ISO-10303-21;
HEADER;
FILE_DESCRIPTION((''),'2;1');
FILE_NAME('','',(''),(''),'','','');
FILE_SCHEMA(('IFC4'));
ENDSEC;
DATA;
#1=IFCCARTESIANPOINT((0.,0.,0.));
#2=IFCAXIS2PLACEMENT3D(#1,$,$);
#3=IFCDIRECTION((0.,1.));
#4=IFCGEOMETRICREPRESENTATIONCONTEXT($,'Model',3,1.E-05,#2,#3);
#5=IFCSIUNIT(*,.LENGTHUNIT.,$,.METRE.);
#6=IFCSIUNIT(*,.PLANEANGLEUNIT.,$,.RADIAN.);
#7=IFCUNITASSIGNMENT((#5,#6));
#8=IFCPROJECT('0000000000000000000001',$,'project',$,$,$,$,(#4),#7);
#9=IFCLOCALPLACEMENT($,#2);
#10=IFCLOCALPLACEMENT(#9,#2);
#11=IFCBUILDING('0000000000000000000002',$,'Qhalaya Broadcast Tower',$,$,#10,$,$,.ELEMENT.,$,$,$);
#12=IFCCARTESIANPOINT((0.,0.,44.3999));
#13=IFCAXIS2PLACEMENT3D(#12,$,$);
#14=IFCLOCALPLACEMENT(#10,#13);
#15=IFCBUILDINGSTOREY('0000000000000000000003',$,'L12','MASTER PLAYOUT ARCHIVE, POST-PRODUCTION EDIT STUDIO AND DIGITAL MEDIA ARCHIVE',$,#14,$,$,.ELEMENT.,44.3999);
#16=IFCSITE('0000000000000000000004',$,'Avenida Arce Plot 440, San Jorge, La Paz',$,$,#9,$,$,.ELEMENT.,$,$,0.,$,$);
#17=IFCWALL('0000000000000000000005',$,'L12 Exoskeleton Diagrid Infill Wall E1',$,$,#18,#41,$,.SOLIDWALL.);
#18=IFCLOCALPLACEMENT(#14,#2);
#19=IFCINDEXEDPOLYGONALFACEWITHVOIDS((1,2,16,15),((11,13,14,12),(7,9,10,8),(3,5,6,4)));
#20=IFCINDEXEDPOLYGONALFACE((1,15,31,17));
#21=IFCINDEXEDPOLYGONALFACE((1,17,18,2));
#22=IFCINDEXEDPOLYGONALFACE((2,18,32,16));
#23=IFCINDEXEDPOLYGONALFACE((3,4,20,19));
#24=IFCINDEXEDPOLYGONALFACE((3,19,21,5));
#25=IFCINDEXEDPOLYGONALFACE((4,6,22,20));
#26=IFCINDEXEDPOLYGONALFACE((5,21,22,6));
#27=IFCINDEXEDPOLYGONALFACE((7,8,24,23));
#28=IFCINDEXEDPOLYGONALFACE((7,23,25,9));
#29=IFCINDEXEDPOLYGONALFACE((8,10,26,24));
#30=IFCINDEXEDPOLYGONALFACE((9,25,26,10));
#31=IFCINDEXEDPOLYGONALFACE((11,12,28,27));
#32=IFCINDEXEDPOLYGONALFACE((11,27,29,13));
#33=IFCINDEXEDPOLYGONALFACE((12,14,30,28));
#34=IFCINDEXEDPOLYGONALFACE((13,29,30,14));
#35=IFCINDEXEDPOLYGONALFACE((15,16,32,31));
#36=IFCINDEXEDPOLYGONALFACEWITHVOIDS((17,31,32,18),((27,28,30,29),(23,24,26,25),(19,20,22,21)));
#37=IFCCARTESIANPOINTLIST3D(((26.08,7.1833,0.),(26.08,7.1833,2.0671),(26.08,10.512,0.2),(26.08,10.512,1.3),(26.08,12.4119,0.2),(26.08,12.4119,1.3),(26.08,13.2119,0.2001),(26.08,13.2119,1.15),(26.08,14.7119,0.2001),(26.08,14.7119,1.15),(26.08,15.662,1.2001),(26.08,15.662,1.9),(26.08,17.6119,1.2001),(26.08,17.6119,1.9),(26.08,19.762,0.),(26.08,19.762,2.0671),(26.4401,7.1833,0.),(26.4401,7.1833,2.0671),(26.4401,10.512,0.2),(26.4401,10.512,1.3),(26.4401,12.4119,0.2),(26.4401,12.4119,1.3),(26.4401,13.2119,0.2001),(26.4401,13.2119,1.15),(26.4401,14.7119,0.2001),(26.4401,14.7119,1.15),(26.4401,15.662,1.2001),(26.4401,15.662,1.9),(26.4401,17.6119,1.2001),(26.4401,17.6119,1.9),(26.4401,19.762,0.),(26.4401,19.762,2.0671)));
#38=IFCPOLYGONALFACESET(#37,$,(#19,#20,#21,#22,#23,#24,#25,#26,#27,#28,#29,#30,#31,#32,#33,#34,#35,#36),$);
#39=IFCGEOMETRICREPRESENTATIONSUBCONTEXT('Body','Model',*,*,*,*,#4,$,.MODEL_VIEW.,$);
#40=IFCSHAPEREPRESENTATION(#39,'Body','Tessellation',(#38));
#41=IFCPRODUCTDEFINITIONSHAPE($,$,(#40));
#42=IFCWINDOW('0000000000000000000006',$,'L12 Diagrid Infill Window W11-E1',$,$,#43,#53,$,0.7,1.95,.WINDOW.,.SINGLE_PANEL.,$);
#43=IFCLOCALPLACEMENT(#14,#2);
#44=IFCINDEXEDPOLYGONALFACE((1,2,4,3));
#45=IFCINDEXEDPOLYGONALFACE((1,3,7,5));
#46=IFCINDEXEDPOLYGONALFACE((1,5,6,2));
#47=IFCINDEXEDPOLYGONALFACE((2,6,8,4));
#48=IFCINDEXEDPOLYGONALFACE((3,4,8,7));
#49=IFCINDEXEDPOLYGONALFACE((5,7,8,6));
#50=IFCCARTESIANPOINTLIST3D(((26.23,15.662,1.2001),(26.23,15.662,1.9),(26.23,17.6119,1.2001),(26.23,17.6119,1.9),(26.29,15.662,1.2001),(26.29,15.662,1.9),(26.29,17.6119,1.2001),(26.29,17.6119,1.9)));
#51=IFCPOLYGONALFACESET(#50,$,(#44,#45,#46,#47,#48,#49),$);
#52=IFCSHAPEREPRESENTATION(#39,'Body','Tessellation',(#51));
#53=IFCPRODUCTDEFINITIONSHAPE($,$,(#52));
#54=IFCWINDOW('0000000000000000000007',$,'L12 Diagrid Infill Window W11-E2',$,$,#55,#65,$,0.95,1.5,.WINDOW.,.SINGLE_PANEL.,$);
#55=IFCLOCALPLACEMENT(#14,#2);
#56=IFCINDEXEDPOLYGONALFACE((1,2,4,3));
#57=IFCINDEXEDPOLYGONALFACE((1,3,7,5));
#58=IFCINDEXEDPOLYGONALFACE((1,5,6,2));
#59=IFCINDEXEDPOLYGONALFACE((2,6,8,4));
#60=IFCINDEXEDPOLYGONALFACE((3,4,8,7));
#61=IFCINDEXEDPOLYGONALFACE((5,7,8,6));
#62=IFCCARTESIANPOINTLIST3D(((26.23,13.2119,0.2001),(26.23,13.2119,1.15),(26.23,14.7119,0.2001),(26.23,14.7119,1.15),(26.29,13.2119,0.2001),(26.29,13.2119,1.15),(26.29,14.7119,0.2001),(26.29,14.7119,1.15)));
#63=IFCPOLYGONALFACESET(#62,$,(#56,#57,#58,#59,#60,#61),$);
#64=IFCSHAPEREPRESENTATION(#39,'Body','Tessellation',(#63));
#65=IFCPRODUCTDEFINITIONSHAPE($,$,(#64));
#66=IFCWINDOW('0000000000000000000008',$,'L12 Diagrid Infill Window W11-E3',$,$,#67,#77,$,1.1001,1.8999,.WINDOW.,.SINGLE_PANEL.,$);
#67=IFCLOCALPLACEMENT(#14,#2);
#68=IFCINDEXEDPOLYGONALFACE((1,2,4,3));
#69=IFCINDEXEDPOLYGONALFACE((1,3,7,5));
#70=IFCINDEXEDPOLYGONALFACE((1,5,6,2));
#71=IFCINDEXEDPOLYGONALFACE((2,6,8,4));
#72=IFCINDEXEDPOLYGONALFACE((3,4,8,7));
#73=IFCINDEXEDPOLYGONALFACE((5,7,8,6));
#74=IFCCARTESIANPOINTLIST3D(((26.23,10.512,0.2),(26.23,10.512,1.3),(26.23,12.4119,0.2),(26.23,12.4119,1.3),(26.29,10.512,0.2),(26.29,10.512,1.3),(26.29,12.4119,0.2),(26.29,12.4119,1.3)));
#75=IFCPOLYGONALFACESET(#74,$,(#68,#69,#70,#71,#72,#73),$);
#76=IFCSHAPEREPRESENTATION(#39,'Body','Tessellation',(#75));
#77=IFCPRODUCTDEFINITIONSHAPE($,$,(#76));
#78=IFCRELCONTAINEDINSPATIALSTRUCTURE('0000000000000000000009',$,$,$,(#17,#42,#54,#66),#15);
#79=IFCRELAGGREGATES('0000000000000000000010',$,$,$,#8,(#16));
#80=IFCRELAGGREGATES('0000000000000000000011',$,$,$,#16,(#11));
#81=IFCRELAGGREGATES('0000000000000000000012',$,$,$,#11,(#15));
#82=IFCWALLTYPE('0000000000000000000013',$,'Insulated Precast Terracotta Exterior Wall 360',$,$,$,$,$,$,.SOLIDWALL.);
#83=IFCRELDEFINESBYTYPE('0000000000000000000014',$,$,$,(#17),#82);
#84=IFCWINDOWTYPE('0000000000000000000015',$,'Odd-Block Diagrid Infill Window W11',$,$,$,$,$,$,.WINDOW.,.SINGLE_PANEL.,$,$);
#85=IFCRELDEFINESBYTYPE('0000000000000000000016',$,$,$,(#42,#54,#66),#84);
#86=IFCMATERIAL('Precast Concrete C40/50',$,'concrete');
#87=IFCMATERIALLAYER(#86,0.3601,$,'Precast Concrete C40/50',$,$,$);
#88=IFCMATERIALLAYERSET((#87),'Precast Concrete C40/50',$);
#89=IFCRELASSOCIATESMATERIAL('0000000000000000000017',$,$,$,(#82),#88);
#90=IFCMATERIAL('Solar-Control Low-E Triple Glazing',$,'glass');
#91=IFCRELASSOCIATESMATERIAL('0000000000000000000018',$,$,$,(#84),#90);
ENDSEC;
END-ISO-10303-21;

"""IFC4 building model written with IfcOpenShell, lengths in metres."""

from ifc_helpers import new_model, si_unit, direction, frame, frame_2d, origin, place, context, subcontext, project, spatial, rectangle, extrude, material, layer, layer_set, type_object, element, fill, save


model = new_model("IFC4")

# Units and contexts
model_context = context("Model", 3, precision=1e-05, world=origin(), true_north=direction((0.0, 1.0)))
body_context = subcontext(model_context, "Body", "Model", "MODEL_VIEW")
ifc_project = project(units=[si_unit("LENGTHUNIT", "METRE"), si_unit("PLANEANGLEUNIT", "RADIAN")], contexts=[model_context])

# Site, building, storey
site_placement = place(None, origin())
site = spatial("IfcSite", under=ifc_project, at=site_placement, Name="Avenida Arce Plot 440, San Jorge, La Paz", CompositionType="ELEMENT", RefElevation=0.0)
building_placement = place(site_placement, origin())
building = spatial("IfcBuilding", under=site, at=building_placement, Name="Qhalaya Broadcast Tower", CompositionType="ELEMENT")
storey_placement = place(building_placement, frame((0.0, 0.0, 44.3999)))
storey = spatial("IfcBuildingStorey", under=building, at=storey_placement, Name="L12", Description="MASTER PLAYOUT ARCHIVE, POST-PRODUCTION EDIT STUDIO AND DIGITAL MEDIA ARCHIVE", CompositionType="ELEMENT", Elevation=44.3999)

# Wall, openings, windows
ifc_material_1 = material(Name="Precast Concrete C40/50", Category="concrete")
ifc_layer_1 = layer(ifc_material_1, 0.3601, Name="Precast Concrete C40/50")
ifc_layer_set_1 = layer_set([ifc_layer_1], Name="Precast Concrete C40/50")
wall_type = type_object("IfcWallType", Name="Insulated Precast Terracotta Exterior Wall 360", PredefinedType="SOLIDWALL", material=ifc_layer_set_1)
wall_placement = place(storey_placement, frame((26.26, 19.762, 0.0), z_axis=(0.0, 0.0, 1.0), x_axis=(0.0, -1.0, 0.0)))
wall = element("IfcWall", 1, at=wall_placement, inside=storey, type_object=wall_type, Name="L12 Exoskeleton Diagrid Infill Wall E1", PredefinedType="SOLIDWALL", context=body_context, shape_type="SweptSolid", body=[
    extrude(rectangle(XDim=12.5786, YDim=0.3601, at=frame_2d((6.2893, 0.0))), origin(), (0.0, 0.0, 1.0), 2.0671),
])
opening_1_placement = place(wall_placement, frame((2.1499, 0.0, 1.2)))
opening_1 = element("IfcOpeningElement", 2, at=opening_1_placement, cuts=wall, PredefinedType="OPENING", context=body_context, shape_type="SweptSolid", body=[
    extrude(rectangle(XDim=1.95, YDim=0.7, at=frame_2d((0.9751, 0.3501))), frame((0.0, 0.1921, 0.0), z_axis=(0.0, -1.0, 0.0), x_axis=(1.0, 0.0, 0.0)), (0.0, 0.0, 1.0), 0.384),
])
opening_2_placement = place(wall_placement, frame((5.05, 0.0, 0.2)))
opening_2 = element("IfcOpeningElement", 3, at=opening_2_placement, cuts=wall, PredefinedType="OPENING", context=body_context, shape_type="SweptSolid", body=[
    extrude(rectangle(XDim=1.5, YDim=0.95, at=frame_2d((0.75, 0.4751))), frame((0.0, 0.1921, 0.0), z_axis=(0.0, -1.0, 0.0), x_axis=(1.0, 0.0, 0.0)), (0.0, 0.0, 1.0), 0.384),
])
opening_3_placement = place(wall_placement, frame((7.3501, 0.0, 0.2)))
opening_3 = element("IfcOpeningElement", 4, at=opening_3_placement, cuts=wall, PredefinedType="OPENING", context=body_context, shape_type="SweptSolid", body=[
    extrude(rectangle(XDim=1.8999, YDim=1.1001, at=frame_2d((0.95, 0.55))), frame((0.0, 0.1921, 0.0), z_axis=(0.0, -1.0, 0.0), x_axis=(1.0, 0.0, 0.0)), (0.0, 0.0, 1.0), 0.384),
])
ifc_material_2 = material(Name="Solar-Control Low-E Triple Glazing", Category="glass")
window_type = type_object("IfcWindowType", Name="Odd-Block Diagrid Infill Window W11", PartitioningType="SINGLE_PANEL", PredefinedType="WINDOW", material=ifc_material_2)
window_1_placement = place(opening_1_placement, origin())
window_1 = element("IfcWindow", 5, at=window_1_placement, inside=storey, type_object=window_type, Name="L12 Diagrid Infill Window W11-E1", OverallHeight=0.7, OverallWidth=1.95, PartitioningType="SINGLE_PANEL", PredefinedType="WINDOW", context=body_context, shape_type="SweptSolid", body=[
    extrude(rectangle(XDim=1.95, YDim=0.7, at=frame_2d((0.9751, 0.3501))), frame((0.0, 0.03, 0.0), z_axis=(0.0, -1.0, 0.0), x_axis=(1.0, 0.0, 0.0)), (0.0, 0.0, 1.0), 0.0601),
])
fill(opening_1, window_1)
window_2_placement = place(opening_2_placement, origin())
window_2 = element("IfcWindow", 6, at=window_2_placement, inside=storey, type_object=window_type, Name="L12 Diagrid Infill Window W11-E2", OverallHeight=0.95, OverallWidth=1.5, PartitioningType="SINGLE_PANEL", PredefinedType="WINDOW", context=body_context, shape_type="SweptSolid", body=[
    extrude(rectangle(XDim=1.5, YDim=0.95, at=frame_2d((0.75, 0.4751))), frame((0.0, 0.03, 0.0), z_axis=(0.0, -1.0, 0.0), x_axis=(1.0, 0.0, 0.0)), (0.0, 0.0, 1.0), 0.0601),
])
fill(opening_2, window_2)
window_3_placement = place(opening_3_placement, origin())
window_3 = element("IfcWindow", 7, at=window_3_placement, inside=storey, type_object=window_type, Name="L12 Diagrid Infill Window W11-E3", OverallHeight=1.1001, OverallWidth=1.8999, PartitioningType="SINGLE_PANEL", PredefinedType="WINDOW", context=body_context, shape_type="SweptSolid", body=[
    extrude(rectangle(XDim=1.8999, YDim=1.1001, at=frame_2d((0.95, 0.55))), frame((0.0, 0.03, 0.0), z_axis=(0.0, -1.0, 0.0), x_axis=(1.0, 0.0, 0.0)), (0.0, 0.0, 1.0), 0.0601),
])
fill(opening_3, window_3)

save(model, "model.ifc")
